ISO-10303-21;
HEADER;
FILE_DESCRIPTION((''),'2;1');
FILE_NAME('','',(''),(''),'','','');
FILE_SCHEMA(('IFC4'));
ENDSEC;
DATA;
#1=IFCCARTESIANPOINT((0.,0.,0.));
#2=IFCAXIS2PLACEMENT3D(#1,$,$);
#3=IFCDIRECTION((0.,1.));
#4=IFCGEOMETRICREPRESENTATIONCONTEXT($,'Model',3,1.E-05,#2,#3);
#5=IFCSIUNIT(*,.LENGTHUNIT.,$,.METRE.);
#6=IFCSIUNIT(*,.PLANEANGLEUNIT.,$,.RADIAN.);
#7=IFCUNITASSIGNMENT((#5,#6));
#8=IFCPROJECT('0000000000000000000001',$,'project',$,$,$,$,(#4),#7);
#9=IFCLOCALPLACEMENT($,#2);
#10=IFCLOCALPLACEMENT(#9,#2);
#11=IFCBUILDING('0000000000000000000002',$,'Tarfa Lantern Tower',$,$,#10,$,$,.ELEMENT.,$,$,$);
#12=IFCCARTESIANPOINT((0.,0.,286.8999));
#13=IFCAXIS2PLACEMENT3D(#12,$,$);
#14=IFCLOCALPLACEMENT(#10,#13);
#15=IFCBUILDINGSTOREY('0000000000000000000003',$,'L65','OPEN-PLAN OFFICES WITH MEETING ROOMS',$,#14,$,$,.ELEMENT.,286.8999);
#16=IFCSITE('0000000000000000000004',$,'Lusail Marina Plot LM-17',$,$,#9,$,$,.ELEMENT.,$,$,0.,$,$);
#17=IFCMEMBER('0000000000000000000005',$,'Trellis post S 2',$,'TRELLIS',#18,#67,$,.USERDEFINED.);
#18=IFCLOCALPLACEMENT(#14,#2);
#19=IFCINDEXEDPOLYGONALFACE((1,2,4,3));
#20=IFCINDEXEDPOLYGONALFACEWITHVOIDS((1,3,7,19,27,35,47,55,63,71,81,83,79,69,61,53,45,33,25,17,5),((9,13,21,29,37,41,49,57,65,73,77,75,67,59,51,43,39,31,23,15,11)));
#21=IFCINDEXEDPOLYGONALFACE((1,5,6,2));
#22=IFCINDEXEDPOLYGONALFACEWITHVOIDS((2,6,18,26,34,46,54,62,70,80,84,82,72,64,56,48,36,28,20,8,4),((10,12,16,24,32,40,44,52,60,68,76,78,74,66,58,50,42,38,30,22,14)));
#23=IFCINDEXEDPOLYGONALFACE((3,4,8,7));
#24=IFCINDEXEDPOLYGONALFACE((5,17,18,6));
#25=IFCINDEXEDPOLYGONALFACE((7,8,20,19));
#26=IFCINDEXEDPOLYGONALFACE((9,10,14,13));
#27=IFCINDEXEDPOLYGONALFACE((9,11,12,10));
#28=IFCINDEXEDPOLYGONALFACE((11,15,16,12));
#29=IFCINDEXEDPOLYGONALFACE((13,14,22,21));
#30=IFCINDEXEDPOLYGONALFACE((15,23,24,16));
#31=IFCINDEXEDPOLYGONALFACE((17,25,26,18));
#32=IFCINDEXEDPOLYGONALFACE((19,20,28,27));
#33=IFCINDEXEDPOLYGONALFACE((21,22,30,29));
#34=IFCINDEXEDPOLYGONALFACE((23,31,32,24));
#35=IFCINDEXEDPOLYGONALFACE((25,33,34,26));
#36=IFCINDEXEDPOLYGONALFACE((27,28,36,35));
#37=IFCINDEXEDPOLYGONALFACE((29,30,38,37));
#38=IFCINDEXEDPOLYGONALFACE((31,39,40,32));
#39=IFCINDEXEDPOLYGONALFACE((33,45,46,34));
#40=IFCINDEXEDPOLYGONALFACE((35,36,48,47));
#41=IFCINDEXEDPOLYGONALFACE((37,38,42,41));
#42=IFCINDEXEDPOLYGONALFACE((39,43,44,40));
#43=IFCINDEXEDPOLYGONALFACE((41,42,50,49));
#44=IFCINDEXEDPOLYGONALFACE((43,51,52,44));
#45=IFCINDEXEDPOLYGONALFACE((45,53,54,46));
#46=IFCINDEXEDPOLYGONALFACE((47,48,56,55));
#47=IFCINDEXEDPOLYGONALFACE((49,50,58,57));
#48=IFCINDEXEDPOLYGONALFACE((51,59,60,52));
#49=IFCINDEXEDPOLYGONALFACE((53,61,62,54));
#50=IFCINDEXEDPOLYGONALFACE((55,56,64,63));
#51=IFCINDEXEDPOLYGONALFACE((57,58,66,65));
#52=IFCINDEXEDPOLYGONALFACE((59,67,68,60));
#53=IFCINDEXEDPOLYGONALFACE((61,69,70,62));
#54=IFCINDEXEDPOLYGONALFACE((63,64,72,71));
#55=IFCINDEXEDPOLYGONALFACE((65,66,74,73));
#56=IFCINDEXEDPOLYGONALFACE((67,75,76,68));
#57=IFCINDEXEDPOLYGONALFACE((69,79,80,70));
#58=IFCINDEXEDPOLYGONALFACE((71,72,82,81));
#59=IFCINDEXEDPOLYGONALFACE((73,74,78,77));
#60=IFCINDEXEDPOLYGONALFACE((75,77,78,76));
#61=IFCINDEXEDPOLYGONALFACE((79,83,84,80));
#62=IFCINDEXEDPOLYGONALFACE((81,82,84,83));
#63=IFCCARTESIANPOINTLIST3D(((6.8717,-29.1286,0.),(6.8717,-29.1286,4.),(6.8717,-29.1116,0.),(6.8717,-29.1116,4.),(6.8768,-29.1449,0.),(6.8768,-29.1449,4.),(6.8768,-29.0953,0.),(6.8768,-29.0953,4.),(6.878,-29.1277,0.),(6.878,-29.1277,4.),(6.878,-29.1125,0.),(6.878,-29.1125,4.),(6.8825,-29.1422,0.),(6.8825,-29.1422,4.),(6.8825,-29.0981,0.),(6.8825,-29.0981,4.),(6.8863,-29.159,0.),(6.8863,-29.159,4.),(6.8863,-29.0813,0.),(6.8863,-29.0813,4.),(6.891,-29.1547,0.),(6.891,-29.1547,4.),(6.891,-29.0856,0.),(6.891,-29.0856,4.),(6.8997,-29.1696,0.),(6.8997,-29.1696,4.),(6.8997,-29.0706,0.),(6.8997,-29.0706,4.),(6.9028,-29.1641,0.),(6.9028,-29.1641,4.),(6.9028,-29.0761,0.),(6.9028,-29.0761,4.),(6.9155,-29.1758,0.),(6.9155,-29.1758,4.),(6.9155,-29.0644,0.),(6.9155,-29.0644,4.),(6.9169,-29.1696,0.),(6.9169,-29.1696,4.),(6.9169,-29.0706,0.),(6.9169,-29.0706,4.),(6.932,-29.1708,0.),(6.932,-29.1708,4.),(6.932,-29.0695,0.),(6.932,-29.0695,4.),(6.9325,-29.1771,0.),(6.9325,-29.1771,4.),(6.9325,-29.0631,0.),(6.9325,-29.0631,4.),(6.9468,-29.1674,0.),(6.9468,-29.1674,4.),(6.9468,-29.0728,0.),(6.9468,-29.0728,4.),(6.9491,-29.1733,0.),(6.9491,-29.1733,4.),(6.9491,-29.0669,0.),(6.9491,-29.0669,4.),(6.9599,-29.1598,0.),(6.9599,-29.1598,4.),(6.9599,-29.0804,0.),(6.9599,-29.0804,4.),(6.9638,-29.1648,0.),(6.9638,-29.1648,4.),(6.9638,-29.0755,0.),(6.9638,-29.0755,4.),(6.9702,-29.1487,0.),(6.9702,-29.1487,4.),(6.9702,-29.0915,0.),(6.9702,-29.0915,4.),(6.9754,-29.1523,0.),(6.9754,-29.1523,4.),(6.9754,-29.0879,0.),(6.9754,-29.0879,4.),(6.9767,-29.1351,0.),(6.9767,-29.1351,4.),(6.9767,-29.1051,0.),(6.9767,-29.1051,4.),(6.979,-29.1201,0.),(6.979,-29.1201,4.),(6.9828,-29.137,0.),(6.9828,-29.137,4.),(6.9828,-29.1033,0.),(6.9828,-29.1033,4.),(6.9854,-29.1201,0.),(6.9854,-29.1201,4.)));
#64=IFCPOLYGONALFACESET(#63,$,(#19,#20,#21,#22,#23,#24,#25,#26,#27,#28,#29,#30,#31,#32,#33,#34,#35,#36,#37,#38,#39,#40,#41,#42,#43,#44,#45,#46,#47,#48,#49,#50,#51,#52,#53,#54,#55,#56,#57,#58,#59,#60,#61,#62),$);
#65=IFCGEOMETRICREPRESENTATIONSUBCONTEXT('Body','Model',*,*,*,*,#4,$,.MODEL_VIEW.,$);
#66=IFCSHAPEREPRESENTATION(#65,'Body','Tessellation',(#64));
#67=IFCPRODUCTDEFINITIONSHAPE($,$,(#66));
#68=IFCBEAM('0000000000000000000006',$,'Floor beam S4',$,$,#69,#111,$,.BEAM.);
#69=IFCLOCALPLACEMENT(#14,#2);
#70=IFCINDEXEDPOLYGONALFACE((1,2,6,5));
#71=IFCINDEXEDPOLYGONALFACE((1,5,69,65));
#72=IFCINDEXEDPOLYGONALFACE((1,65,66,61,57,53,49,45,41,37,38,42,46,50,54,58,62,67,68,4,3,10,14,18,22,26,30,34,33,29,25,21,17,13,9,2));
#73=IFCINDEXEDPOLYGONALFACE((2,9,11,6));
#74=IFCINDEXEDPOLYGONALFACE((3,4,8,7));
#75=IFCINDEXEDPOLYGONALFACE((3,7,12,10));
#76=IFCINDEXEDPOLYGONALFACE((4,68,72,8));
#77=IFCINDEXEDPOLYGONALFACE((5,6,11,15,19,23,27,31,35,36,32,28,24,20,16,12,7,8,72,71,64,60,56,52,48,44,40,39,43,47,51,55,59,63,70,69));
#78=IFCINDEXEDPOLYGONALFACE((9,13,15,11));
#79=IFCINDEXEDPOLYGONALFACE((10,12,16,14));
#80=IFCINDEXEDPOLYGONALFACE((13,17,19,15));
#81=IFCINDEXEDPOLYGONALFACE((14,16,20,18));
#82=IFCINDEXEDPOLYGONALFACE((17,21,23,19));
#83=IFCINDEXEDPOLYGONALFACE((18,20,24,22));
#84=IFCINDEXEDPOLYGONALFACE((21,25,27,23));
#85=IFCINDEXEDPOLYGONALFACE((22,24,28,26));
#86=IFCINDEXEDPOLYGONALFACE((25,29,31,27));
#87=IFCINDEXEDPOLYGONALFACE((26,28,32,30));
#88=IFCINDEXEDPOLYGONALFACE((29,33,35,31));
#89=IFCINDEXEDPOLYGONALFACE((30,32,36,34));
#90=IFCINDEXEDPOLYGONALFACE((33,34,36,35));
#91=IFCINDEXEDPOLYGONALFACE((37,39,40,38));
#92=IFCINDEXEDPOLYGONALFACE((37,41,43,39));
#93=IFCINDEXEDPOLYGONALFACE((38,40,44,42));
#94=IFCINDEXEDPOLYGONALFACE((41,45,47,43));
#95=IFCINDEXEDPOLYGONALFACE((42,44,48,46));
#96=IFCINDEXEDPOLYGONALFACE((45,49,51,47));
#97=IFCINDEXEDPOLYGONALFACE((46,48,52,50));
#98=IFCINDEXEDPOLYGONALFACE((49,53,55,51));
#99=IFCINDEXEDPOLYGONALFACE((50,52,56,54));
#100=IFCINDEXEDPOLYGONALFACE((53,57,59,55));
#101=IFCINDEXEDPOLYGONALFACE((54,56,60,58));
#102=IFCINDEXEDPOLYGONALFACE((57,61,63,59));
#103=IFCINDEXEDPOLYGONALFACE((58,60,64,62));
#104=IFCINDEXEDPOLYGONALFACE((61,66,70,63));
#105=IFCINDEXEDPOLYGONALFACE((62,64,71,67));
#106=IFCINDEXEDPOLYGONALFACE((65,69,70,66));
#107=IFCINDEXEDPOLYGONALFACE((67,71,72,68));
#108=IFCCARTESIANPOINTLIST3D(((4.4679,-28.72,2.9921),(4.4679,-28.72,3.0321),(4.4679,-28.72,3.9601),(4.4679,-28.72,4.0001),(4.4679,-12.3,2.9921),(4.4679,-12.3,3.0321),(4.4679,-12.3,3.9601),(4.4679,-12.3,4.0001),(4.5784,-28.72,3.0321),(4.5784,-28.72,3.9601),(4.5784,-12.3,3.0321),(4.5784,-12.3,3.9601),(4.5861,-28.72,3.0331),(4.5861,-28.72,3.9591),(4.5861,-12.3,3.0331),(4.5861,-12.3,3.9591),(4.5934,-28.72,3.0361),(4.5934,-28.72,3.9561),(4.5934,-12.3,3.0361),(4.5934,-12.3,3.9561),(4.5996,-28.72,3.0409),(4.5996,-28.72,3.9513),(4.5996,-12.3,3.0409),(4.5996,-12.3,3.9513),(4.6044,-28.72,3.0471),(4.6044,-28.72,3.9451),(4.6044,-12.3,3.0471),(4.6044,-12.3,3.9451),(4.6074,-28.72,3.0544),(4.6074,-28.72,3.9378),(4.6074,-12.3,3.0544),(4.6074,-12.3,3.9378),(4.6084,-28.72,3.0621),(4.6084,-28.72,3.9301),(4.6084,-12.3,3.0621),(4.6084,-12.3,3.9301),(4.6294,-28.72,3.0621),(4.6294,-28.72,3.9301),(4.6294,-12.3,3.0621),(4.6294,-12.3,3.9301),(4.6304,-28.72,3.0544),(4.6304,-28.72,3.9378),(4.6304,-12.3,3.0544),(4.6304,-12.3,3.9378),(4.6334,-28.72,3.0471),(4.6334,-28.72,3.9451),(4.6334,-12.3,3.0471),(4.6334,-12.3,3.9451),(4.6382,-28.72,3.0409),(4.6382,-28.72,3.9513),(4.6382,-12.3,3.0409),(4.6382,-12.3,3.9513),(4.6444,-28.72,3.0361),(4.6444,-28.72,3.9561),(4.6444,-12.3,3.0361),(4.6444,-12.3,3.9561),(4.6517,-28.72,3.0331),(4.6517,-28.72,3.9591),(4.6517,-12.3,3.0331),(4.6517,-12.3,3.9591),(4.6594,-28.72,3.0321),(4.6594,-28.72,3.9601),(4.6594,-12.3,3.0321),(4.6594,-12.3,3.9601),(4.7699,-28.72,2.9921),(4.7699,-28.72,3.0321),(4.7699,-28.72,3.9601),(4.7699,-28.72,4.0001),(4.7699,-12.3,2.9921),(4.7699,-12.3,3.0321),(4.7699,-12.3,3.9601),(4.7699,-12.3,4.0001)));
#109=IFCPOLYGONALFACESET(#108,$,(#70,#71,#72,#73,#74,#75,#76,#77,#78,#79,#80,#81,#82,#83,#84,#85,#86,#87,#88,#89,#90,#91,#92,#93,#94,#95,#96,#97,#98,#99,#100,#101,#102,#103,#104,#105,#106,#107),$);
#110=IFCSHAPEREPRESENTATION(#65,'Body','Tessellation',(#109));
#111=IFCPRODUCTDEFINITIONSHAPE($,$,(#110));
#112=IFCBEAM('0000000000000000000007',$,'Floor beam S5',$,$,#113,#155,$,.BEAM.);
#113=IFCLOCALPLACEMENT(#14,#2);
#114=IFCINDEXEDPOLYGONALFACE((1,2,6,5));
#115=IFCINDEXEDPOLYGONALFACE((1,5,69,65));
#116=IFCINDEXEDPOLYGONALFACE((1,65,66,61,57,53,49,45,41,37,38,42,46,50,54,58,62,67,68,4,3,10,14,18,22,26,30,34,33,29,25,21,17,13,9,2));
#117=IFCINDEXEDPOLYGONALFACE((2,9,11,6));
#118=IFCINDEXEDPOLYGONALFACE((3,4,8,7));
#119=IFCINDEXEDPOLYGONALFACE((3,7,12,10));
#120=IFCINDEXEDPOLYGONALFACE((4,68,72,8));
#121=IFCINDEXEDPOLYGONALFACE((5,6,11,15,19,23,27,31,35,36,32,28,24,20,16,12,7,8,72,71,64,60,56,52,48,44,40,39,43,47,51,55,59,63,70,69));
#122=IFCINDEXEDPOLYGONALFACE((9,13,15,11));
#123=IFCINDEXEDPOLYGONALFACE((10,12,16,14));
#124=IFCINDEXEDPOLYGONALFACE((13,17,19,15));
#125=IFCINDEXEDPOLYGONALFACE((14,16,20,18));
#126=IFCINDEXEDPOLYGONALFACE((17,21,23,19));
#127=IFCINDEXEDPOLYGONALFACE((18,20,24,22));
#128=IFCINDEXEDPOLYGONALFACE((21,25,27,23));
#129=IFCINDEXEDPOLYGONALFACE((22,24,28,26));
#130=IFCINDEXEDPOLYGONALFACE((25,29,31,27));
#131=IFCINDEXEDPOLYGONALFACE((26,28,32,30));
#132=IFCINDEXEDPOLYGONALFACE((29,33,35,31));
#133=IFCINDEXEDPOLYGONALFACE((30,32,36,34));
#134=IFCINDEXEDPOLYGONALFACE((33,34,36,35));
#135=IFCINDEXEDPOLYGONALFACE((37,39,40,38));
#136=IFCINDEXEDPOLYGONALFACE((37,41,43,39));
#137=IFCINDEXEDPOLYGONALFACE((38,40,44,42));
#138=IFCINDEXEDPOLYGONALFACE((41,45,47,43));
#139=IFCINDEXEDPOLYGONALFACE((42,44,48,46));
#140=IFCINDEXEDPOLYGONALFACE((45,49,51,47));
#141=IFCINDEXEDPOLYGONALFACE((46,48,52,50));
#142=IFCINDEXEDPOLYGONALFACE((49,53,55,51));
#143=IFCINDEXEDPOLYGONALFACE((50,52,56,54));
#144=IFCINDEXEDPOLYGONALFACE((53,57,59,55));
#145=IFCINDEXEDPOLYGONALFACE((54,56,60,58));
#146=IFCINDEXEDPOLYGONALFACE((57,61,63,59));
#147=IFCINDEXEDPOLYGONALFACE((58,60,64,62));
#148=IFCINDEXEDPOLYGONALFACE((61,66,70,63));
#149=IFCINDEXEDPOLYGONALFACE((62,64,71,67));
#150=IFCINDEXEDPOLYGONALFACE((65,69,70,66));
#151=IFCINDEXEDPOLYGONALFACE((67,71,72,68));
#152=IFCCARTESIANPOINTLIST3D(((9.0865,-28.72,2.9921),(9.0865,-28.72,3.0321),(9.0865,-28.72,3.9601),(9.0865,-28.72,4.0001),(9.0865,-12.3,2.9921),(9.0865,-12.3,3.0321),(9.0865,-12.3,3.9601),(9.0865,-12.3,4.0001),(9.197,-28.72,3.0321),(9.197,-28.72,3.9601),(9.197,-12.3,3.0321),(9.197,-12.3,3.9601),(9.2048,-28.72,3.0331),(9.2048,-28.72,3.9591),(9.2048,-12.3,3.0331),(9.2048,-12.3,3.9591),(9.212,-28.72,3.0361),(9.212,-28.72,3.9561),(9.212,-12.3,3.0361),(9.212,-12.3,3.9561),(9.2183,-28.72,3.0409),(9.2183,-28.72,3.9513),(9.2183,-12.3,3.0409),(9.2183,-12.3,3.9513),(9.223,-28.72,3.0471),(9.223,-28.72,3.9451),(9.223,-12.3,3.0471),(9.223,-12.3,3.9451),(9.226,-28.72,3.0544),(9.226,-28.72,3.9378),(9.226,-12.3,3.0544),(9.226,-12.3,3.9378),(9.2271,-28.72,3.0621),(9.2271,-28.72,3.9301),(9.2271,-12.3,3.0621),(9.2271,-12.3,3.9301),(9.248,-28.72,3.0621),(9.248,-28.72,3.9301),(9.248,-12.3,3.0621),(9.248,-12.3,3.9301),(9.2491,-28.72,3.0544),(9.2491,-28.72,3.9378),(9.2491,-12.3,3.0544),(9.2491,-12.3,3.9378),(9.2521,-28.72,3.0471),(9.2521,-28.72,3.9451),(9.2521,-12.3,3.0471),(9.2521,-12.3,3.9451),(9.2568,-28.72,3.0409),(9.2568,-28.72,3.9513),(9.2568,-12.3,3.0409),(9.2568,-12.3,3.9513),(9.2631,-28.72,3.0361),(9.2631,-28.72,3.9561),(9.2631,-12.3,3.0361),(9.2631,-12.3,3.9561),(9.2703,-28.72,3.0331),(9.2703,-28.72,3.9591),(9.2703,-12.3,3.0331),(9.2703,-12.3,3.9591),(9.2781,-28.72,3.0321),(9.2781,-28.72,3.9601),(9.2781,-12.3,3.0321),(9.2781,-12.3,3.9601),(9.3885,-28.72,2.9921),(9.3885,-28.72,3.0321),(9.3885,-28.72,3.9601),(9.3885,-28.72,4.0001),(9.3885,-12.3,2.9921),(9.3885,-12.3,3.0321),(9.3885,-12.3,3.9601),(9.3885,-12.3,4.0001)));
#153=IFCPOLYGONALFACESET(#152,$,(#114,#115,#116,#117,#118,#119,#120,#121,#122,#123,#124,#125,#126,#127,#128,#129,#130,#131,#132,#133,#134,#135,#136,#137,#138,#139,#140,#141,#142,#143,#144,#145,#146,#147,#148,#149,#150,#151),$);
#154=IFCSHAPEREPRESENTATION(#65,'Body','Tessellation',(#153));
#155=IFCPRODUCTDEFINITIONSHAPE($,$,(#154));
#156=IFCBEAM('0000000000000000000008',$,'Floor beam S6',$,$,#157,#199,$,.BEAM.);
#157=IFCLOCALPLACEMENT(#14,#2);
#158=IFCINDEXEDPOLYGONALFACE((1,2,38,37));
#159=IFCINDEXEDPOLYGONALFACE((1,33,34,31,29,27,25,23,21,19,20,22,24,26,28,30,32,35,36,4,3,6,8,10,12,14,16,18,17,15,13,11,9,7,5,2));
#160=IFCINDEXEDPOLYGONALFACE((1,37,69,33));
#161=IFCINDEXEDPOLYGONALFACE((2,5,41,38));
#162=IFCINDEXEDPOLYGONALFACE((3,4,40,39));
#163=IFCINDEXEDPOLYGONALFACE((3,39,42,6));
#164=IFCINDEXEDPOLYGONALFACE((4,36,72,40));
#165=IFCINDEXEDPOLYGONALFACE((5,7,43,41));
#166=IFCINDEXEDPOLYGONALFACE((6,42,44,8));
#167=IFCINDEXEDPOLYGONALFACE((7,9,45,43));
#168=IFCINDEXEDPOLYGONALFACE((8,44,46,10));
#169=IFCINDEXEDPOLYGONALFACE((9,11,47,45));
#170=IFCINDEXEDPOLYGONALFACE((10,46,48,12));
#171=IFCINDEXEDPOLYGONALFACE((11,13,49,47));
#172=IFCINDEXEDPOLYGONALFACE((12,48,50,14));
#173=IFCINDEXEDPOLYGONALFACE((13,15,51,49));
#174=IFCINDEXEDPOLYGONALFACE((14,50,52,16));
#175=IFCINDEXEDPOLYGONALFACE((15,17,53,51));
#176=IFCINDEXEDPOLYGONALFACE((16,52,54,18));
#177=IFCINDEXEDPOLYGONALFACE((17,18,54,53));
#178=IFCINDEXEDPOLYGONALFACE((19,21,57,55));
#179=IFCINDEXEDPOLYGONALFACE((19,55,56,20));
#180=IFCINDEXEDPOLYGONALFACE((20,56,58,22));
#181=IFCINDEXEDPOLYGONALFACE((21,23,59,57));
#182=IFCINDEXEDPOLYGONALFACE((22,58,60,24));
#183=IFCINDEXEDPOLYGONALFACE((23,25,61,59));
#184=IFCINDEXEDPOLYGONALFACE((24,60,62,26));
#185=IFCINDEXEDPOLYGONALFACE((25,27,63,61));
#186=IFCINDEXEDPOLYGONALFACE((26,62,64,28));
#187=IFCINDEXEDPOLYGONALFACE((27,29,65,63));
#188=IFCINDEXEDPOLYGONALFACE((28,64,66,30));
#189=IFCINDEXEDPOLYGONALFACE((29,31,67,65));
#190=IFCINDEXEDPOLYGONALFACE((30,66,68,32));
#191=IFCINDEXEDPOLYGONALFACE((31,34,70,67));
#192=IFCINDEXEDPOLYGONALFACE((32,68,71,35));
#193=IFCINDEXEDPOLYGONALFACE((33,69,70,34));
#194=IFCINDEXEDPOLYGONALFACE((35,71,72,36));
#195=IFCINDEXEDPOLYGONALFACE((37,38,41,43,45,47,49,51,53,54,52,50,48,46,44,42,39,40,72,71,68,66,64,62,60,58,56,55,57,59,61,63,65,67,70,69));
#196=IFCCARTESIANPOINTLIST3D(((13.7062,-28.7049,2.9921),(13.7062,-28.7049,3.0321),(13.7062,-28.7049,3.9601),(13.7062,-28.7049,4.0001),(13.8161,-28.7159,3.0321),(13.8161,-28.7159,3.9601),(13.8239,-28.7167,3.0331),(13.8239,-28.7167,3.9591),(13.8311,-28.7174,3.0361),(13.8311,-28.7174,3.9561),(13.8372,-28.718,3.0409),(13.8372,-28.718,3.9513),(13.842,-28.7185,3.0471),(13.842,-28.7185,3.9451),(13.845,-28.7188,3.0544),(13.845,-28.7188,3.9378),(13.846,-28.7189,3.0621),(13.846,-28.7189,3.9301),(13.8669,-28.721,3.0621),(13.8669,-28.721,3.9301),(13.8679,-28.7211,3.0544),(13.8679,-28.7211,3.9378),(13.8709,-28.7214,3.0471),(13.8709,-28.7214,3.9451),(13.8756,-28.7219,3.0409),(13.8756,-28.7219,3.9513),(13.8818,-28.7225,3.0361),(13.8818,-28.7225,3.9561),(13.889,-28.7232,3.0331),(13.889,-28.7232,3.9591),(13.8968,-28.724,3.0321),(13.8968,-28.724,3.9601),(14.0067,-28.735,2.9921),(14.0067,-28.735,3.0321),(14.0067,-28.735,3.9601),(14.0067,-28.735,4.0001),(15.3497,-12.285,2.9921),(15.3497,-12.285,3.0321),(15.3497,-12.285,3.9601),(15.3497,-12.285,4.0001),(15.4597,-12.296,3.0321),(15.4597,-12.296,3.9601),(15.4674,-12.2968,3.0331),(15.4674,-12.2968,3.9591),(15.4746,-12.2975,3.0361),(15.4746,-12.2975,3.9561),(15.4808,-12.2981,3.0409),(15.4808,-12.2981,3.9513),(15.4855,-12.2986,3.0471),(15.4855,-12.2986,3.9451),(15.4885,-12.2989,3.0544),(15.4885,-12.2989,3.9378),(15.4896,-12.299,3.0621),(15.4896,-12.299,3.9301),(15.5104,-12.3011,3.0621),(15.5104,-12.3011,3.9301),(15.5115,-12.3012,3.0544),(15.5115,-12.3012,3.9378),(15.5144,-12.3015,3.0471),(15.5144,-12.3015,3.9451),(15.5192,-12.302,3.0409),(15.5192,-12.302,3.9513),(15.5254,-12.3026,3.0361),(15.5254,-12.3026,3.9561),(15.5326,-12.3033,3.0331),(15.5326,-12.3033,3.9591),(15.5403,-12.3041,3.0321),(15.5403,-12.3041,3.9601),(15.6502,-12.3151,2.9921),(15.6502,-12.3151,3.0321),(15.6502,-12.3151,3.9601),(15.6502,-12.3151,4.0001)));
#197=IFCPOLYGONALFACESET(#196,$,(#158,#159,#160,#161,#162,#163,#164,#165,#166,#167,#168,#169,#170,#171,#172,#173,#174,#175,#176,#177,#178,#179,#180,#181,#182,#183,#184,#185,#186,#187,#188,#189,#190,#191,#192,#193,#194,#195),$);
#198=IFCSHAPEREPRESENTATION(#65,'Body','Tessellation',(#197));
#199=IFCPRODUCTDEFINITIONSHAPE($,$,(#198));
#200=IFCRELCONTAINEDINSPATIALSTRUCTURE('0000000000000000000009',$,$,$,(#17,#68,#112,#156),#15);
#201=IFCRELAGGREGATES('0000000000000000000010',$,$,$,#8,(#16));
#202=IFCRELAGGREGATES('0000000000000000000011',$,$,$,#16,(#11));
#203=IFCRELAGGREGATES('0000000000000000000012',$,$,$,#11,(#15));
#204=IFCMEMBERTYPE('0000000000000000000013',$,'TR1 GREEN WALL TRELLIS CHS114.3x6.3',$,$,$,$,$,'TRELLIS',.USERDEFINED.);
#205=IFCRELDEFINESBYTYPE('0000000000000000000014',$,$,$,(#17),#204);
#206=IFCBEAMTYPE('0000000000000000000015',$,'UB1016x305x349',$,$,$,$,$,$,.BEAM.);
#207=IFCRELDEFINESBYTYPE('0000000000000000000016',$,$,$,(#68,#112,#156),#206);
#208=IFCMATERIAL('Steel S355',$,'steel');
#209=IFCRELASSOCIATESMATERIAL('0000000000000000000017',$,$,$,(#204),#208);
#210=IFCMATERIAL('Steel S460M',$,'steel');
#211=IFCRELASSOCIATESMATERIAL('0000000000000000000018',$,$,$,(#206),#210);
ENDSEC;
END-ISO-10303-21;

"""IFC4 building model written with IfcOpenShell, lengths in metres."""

from ifc_helpers import new_model, si_unit, direction, frame, origin, origin_2d, place, context, subcontext, project, spatial, hollow_circle, i_section, extrude, material, material_profile, profile_set, type_object, element, save


model = new_model("IFC4")

# Units and contexts
model_context = context("Model", 3, precision=1e-05, world=origin(), true_north=direction((0.0, 1.0)))
body_context = subcontext(model_context, "Body", "Model", "MODEL_VIEW")
ifc_project = project(units=[si_unit("LENGTHUNIT", "METRE"), si_unit("PLANEANGLEUNIT", "RADIAN")], contexts=[model_context])

# Site, building, storey
site_placement = place(None, origin())
site = spatial("IfcSite", under=ifc_project, at=site_placement, Name="Lusail Marina Plot LM-17", CompositionType="ELEMENT", RefElevation=0.0)
building_placement = place(site_placement, origin())
building = spatial("IfcBuilding", under=site, at=building_placement, Name="Tarfa Lantern Tower", CompositionType="ELEMENT")
storey_placement = place(building_placement, frame((0.0, 0.0, 286.8999)))
storey = spatial("IfcBuildingStorey", under=building, at=storey_placement, Name="L65", Description="OPEN-PLAN OFFICES WITH MEETING ROOMS", CompositionType="ELEMENT", Elevation=286.8999)

# Member
ifc_material_1 = material(Name="Steel S355", Category="steel")
ifc_material_profile_1 = material_profile(ifc_material_1, hollow_circle(Radius=0.0571, WallThickness=0.0063, at=origin_2d()), Name="CHS114.3x6.3")
ifc_profile_set_1 = profile_set([ifc_material_profile_1], Name="Steel S355")
member_type_1 = type_object("IfcMemberType", Name="TR1 GREEN WALL TRELLIS CHS114.3x6.3", ElementType="TRELLIS", PredefinedType="USERDEFINED", material=ifc_profile_set_1)
member_1_placement = place(storey_placement, frame((6.9282, -29.1201, 0.0), z_axis=(0.0, 0.0, 1.0), x_axis=(1.0, 0.0, 0.0)))
element("IfcMember", 1, at=member_1_placement, inside=storey, type_object=member_type_1, Name="Trellis post S 2", ObjectType="TRELLIS", PredefinedType="USERDEFINED", context=body_context, shape_type="SweptSolid", body=[
    extrude(hollow_circle(Radius=0.0571, WallThickness=0.0063, at=origin_2d()), origin(), (0.0, 0.0, 1.0), 4.0),
])

# Beams
ifc_material_2 = material(Name="Steel S460M", Category="steel")
ifc_material_profile_2 = material_profile(ifc_material_2, i_section(OverallWidth=0.302, OverallDepth=1.0081, WebThickness=0.021, FlangeThickness=0.04, FilletRadius=0.03, at=origin_2d()), Name="UB1016x305x349")
ifc_profile_set_2 = profile_set([ifc_material_profile_2], Name="Steel S460M")
beam_type_1 = type_object("IfcBeamType", Name="UB1016x305x349", PredefinedType="BEAM", material=ifc_profile_set_2)
for number, where, z_axis, x_axis, name in (
    (2, (4.6189, -28.72, 3.4961), (0.0, 1.0, 0.0), (-1.0, 0.0, 0.0), "Floor beam S4"),
    (3, (9.2375, -28.72, 3.4961), (0.0, 1.0, 0.0), (-1.0, 0.0, 0.0), "Floor beam S5"),
):
    element("IfcBeam", number, at=place(storey_placement, frame(where, z_axis=z_axis, x_axis=x_axis)), inside=storey, type_object=beam_type_1, Name=name, PredefinedType="BEAM", context=body_context, shape_type="SweptSolid", body=[
        extrude(i_section(OverallWidth=0.302, OverallDepth=1.0081, WebThickness=0.021, FlangeThickness=0.04, FilletRadius=0.03, at=origin_2d()), origin(), (0.0, 0.0, 1.0), 16.4199),
    ])
beam_1_placement = place(storey_placement, frame((13.8564, -28.72, 3.4961), z_axis=(0.099597, 0.995028, 0.0), x_axis=(-0.995028, 0.099597, 0.0)))
element("IfcBeam", 4, at=beam_1_placement, inside=storey, type_object=beam_type_1, Name="Floor beam S6", PredefinedType="BEAM", context=body_context, shape_type="SweptSolid", body=[
    extrude(i_section(OverallWidth=0.302, OverallDepth=1.0081, WebThickness=0.021, FlangeThickness=0.04, FilletRadius=0.03, at=origin_2d()), origin(), (0.0, 0.0, 1.0), 16.502),
])

save(model, "model.ifc")
